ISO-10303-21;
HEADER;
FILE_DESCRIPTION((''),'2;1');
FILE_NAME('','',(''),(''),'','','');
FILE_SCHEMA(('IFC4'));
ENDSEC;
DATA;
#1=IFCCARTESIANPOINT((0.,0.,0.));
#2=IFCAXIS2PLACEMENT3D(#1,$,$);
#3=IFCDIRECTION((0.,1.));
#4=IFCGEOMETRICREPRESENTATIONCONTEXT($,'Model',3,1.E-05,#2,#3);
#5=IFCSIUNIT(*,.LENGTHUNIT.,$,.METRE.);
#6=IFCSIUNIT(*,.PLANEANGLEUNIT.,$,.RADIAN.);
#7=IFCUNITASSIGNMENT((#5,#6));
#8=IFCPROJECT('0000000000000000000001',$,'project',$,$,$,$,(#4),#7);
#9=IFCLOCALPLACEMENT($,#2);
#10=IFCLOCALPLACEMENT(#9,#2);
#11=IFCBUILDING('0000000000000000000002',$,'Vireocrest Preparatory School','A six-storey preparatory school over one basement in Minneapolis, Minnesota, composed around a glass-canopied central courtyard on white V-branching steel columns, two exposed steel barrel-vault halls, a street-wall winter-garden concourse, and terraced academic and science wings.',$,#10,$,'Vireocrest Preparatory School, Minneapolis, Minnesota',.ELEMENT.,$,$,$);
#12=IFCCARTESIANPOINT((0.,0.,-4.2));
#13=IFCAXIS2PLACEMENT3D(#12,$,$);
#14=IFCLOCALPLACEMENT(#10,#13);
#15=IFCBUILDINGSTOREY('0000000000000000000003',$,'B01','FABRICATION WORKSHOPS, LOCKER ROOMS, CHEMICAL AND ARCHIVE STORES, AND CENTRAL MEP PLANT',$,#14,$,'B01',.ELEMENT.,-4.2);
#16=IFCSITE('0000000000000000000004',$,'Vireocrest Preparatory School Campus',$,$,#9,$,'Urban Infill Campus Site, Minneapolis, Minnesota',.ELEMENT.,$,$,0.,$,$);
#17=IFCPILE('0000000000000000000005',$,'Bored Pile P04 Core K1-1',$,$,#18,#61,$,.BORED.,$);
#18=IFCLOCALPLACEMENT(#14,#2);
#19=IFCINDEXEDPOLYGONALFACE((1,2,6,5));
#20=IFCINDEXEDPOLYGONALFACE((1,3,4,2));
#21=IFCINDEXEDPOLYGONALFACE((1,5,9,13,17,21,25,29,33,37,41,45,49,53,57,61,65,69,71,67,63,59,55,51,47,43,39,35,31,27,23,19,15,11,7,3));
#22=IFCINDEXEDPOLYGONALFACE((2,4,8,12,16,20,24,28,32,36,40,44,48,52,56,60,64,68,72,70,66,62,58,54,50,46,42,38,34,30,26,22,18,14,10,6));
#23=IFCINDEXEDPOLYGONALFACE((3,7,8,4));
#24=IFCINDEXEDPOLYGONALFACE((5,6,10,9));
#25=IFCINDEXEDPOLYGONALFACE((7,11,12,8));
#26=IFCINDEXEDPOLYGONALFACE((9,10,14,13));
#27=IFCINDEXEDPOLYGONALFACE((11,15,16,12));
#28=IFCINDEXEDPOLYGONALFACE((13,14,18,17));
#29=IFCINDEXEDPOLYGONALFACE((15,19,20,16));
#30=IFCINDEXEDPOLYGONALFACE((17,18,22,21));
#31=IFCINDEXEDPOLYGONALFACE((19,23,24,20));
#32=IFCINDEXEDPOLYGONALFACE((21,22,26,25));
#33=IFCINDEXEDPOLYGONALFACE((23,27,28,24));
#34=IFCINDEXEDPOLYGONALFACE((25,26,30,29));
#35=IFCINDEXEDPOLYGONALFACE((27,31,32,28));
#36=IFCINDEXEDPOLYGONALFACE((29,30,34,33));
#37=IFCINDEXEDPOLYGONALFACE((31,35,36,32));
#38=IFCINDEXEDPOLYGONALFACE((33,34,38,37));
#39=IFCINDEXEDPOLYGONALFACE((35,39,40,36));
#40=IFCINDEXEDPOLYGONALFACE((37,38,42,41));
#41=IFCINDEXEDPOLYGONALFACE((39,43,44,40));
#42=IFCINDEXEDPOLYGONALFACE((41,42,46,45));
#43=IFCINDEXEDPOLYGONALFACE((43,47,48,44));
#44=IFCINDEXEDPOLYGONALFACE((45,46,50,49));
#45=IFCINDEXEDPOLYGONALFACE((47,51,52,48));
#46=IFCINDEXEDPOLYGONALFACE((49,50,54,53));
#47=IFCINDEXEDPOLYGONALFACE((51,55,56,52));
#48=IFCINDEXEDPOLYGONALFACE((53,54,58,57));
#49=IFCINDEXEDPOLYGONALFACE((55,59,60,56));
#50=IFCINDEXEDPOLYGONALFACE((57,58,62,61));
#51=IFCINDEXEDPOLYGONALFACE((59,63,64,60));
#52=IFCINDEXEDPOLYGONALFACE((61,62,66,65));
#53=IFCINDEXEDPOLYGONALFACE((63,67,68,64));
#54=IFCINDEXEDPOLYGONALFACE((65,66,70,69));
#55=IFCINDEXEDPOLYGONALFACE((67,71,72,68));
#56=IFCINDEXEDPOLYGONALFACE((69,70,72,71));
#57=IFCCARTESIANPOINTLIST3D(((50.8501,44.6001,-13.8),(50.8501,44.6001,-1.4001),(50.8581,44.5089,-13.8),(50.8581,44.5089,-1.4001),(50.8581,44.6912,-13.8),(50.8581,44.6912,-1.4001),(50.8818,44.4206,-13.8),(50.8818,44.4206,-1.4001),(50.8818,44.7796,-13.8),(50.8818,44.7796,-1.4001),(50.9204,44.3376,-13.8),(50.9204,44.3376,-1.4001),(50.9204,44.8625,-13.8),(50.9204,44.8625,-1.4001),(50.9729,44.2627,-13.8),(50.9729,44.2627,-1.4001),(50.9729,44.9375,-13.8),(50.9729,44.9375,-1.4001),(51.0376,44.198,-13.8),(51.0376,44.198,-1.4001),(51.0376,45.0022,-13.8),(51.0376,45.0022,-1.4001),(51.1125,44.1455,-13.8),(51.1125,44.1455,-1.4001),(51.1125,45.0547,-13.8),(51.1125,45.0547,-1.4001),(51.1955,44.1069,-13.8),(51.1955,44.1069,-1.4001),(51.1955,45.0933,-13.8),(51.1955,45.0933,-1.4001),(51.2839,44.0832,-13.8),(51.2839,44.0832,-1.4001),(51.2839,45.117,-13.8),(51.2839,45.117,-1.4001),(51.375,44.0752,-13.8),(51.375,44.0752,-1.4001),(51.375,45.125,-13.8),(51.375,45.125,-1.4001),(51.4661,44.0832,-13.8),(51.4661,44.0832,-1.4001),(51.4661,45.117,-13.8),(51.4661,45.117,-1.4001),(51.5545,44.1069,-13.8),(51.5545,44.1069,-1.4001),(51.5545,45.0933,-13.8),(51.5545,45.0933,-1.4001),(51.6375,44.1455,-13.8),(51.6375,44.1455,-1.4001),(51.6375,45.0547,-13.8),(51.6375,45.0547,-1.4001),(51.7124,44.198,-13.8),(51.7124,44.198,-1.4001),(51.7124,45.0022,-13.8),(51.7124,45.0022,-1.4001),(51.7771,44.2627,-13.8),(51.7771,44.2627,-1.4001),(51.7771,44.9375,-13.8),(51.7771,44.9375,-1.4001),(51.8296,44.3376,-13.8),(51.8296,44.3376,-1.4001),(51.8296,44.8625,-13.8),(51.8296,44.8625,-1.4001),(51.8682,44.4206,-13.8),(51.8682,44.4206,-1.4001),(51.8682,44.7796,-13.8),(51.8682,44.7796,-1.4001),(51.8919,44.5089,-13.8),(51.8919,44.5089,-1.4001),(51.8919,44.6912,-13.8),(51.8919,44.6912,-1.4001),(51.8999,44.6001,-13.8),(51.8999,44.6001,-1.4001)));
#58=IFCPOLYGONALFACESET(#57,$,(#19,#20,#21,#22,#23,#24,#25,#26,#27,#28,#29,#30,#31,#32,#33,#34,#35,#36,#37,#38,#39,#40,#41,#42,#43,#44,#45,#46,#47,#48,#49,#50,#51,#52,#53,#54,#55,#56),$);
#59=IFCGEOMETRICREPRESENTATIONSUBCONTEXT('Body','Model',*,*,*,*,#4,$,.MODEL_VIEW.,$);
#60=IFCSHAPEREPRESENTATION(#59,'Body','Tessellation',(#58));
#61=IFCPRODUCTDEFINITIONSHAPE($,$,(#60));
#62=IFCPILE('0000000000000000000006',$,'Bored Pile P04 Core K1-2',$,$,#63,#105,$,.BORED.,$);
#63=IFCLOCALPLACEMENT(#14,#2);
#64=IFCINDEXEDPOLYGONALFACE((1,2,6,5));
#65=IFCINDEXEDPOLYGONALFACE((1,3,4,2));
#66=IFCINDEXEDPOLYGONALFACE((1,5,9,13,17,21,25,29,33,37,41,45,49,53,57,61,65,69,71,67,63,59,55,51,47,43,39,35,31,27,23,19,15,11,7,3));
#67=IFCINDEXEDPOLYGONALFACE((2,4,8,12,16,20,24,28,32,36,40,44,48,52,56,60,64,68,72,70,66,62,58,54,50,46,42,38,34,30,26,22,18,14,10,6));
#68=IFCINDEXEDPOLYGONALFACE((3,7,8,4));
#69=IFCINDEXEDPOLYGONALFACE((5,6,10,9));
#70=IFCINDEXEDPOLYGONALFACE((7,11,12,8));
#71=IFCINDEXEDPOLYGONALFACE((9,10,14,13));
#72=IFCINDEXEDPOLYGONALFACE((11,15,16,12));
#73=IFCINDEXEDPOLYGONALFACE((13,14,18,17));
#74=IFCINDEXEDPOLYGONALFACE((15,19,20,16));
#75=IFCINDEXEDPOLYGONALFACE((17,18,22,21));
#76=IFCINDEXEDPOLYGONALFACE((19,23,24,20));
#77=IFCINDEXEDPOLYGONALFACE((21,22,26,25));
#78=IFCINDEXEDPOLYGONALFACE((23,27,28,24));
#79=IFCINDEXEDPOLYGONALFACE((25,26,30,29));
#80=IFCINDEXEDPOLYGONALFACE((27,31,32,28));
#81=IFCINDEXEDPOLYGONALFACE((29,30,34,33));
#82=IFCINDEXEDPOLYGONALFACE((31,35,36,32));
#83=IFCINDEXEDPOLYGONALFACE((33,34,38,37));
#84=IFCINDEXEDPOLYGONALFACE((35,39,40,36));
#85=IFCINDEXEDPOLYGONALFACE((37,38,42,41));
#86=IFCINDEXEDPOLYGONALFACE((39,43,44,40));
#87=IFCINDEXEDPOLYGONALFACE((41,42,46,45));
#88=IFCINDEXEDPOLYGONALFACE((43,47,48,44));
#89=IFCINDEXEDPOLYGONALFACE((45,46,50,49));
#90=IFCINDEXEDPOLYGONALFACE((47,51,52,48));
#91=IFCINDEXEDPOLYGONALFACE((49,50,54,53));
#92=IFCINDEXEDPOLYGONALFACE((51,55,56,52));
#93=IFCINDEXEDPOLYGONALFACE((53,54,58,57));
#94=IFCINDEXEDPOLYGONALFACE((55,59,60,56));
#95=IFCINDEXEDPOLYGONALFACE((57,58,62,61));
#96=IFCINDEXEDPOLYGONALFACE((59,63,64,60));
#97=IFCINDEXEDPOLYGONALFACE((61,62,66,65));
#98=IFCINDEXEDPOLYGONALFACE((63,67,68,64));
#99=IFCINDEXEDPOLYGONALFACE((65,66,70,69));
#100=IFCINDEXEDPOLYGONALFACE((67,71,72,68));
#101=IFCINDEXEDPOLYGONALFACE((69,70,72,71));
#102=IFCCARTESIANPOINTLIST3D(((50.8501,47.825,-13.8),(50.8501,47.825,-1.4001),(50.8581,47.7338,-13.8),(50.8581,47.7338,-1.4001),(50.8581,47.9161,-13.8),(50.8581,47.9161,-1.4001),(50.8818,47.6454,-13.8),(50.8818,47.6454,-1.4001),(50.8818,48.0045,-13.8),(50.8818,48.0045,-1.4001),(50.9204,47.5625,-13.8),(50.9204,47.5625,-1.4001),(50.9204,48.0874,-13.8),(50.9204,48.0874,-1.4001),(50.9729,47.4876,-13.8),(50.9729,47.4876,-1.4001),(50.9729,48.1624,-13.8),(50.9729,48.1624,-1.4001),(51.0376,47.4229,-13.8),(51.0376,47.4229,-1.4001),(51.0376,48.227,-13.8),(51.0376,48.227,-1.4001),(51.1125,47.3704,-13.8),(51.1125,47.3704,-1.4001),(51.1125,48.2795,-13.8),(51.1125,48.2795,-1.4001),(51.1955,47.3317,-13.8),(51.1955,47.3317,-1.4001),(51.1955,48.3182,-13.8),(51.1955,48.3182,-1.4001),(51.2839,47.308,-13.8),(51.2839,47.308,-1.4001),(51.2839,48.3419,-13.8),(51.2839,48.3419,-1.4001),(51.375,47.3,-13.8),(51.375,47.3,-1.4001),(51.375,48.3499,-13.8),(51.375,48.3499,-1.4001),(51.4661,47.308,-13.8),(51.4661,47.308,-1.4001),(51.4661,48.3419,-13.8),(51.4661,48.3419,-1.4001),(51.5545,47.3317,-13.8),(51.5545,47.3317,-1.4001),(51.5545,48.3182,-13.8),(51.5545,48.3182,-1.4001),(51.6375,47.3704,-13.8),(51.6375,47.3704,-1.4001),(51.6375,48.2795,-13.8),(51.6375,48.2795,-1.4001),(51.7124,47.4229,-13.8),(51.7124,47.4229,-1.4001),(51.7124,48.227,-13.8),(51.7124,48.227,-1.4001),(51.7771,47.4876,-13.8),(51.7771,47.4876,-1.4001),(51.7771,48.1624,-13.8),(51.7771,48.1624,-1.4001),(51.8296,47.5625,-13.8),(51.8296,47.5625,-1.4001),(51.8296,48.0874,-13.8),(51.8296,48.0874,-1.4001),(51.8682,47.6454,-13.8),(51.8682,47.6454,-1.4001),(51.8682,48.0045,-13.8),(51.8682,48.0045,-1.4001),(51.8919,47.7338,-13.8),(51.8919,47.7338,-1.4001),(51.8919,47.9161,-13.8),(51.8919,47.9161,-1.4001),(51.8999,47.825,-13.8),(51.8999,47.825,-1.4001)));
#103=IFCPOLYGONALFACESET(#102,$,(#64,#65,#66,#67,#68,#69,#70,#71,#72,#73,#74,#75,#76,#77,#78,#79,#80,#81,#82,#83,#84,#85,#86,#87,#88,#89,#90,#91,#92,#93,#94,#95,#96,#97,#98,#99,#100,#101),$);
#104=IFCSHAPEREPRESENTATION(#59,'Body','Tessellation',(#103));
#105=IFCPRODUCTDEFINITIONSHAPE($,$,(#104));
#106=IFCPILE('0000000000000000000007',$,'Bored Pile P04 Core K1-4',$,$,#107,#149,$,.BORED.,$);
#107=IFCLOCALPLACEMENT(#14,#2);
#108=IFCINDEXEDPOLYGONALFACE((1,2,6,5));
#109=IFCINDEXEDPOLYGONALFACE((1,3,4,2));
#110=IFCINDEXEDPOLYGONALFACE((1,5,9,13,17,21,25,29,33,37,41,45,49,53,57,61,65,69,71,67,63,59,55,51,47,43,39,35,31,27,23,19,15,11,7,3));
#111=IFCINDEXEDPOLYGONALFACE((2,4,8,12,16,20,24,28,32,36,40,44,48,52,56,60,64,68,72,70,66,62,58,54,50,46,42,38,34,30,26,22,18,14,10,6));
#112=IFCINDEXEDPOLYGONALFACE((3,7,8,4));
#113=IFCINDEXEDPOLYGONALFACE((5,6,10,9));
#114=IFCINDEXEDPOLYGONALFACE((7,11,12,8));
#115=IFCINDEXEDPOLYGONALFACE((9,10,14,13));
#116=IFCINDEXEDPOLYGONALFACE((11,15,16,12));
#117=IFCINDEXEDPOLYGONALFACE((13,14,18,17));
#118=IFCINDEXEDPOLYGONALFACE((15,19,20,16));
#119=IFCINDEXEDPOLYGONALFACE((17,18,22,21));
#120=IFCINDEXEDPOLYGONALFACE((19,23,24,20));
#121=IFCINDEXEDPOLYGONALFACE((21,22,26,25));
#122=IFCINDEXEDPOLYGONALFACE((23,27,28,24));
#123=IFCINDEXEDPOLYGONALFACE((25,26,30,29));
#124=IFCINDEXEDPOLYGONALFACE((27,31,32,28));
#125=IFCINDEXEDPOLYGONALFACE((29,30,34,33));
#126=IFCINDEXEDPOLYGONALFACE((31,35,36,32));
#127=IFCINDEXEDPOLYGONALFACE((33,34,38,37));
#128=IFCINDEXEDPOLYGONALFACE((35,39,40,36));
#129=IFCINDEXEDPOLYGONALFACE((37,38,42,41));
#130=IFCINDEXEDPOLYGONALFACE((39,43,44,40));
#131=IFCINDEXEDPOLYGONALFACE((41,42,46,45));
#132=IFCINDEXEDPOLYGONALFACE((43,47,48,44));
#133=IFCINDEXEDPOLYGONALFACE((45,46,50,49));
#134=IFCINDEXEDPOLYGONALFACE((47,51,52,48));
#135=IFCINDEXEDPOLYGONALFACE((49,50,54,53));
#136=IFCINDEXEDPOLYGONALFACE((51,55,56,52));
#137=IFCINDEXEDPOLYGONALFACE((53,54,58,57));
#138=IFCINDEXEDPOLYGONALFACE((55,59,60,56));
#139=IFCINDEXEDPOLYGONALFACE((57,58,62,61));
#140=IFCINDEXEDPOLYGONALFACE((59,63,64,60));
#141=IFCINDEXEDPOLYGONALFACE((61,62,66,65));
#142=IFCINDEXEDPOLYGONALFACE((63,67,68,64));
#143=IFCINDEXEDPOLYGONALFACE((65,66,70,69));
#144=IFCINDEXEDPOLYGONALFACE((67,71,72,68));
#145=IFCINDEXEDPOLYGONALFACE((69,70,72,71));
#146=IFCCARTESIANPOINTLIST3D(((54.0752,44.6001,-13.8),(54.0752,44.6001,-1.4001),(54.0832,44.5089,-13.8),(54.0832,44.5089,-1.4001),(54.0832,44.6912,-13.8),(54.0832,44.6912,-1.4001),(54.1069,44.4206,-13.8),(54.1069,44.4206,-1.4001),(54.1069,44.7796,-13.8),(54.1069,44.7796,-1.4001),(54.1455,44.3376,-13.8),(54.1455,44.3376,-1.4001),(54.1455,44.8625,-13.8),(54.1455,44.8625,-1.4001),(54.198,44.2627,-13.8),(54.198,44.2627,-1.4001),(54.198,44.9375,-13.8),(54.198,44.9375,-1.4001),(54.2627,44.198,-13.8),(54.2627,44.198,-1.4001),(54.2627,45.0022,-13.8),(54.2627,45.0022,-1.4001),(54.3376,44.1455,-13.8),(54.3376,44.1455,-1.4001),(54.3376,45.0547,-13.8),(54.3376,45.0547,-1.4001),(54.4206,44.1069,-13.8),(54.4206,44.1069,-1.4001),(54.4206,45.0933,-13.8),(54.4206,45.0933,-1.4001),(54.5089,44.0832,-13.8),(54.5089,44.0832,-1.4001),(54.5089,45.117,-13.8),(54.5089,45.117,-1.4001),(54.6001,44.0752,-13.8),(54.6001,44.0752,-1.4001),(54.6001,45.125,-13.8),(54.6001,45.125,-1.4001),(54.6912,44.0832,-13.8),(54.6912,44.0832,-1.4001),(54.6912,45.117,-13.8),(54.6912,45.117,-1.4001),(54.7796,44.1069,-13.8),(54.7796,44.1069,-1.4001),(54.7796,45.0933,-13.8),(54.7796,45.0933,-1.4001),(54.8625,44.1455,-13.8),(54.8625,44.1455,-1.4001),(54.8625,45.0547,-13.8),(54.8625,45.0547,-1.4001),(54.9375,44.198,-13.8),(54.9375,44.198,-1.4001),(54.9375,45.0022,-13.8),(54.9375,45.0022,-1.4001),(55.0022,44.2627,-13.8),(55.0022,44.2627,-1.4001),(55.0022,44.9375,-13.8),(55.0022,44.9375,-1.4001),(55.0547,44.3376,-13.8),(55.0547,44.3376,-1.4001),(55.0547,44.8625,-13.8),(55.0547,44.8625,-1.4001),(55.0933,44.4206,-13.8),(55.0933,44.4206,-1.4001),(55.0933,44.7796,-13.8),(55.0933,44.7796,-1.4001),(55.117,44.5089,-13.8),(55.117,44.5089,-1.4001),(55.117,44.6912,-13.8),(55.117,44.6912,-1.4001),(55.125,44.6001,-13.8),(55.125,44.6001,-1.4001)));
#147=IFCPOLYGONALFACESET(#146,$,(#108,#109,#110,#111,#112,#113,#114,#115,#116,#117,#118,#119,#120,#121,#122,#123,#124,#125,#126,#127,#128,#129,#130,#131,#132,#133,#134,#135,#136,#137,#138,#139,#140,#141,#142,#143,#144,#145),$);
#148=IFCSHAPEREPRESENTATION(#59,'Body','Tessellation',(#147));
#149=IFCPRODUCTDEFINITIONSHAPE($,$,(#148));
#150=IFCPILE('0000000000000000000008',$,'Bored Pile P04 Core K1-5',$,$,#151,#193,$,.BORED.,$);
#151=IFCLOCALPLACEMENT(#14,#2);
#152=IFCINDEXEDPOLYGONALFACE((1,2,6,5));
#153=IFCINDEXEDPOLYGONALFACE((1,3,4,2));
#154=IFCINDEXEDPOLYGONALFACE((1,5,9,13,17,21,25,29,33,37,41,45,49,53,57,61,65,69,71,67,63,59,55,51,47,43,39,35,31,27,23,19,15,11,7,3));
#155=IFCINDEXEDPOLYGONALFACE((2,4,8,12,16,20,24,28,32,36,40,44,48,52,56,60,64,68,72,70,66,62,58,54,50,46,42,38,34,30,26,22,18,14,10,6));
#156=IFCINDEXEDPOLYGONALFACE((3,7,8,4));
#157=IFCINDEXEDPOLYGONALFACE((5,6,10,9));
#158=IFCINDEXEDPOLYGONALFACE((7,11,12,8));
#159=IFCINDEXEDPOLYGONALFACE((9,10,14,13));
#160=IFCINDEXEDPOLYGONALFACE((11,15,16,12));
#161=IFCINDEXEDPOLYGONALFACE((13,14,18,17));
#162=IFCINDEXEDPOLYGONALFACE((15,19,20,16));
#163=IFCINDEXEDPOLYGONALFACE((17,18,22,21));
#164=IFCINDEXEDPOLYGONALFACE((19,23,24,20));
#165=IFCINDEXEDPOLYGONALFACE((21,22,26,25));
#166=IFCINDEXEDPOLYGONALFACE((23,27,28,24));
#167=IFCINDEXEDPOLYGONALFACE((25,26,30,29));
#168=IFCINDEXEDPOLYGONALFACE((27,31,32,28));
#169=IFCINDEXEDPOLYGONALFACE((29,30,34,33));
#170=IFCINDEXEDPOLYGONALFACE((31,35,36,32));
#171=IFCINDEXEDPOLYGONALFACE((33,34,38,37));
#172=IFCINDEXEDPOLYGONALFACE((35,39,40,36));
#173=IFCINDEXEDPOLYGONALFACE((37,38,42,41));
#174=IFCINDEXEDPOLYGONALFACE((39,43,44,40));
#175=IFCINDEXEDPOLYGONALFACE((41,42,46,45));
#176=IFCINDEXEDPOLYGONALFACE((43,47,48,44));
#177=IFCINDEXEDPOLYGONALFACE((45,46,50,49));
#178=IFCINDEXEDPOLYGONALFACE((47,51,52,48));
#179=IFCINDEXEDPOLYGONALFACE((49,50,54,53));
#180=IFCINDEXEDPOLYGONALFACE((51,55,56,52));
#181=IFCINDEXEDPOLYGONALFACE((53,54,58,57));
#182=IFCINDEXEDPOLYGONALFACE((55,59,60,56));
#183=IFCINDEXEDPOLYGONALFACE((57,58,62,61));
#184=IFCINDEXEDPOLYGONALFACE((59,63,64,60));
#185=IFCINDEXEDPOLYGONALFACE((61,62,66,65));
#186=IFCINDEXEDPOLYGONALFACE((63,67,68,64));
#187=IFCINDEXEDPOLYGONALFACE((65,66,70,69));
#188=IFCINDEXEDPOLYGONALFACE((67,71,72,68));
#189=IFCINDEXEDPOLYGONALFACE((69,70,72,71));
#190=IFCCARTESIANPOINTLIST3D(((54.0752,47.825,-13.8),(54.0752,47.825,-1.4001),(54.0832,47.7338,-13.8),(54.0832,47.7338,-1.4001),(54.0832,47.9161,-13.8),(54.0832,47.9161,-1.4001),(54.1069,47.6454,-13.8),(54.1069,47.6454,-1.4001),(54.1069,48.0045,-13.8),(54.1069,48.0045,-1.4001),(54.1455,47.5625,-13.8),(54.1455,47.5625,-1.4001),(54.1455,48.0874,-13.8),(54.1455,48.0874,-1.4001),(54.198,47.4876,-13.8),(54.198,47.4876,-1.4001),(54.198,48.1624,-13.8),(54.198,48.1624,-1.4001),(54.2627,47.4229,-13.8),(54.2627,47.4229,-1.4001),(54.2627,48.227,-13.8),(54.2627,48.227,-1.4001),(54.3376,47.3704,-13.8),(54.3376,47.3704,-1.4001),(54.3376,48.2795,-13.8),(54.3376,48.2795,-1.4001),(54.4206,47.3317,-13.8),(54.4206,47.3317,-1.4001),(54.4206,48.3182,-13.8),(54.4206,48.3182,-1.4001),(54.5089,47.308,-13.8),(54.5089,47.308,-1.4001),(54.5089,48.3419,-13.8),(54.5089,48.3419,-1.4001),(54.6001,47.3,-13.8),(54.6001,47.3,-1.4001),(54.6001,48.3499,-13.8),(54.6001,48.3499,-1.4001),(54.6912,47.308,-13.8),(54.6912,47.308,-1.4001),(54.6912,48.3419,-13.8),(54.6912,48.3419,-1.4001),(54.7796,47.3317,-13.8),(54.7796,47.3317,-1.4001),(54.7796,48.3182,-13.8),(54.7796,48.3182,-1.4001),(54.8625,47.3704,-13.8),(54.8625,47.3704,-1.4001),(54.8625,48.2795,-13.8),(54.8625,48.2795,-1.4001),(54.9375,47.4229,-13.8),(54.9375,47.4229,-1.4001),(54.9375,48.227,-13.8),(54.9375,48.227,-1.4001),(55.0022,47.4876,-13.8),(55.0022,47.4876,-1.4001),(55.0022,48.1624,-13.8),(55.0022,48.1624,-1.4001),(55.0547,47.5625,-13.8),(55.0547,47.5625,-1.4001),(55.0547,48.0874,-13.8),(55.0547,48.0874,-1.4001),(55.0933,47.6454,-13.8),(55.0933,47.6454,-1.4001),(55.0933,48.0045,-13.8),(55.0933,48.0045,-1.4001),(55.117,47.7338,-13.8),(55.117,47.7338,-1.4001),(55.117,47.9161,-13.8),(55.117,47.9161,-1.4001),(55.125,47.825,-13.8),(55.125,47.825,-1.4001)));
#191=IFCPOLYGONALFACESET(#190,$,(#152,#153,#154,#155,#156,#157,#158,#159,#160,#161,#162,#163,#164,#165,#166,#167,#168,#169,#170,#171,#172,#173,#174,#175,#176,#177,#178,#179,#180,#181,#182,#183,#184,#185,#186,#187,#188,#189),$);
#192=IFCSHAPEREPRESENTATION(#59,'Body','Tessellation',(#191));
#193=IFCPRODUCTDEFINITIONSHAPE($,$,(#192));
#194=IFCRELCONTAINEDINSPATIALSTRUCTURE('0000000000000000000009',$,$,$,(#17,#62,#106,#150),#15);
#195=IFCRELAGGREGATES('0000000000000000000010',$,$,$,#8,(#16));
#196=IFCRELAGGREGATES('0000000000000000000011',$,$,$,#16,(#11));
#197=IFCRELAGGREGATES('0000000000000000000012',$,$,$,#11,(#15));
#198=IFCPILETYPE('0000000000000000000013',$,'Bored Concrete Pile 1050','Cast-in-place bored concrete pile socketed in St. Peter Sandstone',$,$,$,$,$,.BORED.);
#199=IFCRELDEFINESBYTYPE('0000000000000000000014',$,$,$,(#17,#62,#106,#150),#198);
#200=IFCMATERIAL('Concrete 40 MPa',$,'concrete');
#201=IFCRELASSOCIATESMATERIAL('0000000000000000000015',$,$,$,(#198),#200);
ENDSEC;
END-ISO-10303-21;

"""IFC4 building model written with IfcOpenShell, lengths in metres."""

from ifc_helpers import new_model, si_unit, direction, frame, origin, origin_2d, place, context, subcontext, project, spatial, circle, extrude, material, material_profile, profile_set, type_object, element, save


model = new_model("IFC4")

# Units and contexts
model_context = context("Model", 3, precision=1e-05, world=origin(), true_north=direction((0.0, 1.0)))
body_context = subcontext(model_context, "Body", "Model", "MODEL_VIEW")
ifc_project = project(units=[si_unit("LENGTHUNIT", "METRE"), si_unit("PLANEANGLEUNIT", "RADIAN")], contexts=[model_context])

# Site, building, storey
site_placement = place(None, origin())
site = spatial("IfcSite", under=ifc_project, at=site_placement, Name="Vireocrest Preparatory School Campus", LongName="Urban Infill Campus Site, Minneapolis, Minnesota", CompositionType="ELEMENT", RefElevation=0.0)
building_placement = place(site_placement, origin())
building = spatial("IfcBuilding", under=site, at=building_placement, Name="Vireocrest Preparatory School", Description="A six-storey preparatory school over one basement in Minneapolis, Minnesota, composed around a glass-canopied central courtyard on white V-branching steel columns, two exposed steel barrel-vault halls, a street-wall winter-garden concourse, and terraced academic and science wings.", LongName="Vireocrest Preparatory School, Minneapolis, Minnesota", CompositionType="ELEMENT")
storey_placement = place(building_placement, frame((0.0, 0.0, -4.2)))
storey = spatial("IfcBuildingStorey", under=building, at=storey_placement, Name="B01", Description="FABRICATION WORKSHOPS, LOCKER ROOMS, CHEMICAL AND ARCHIVE STORES, AND CENTRAL MEP PLANT", LongName="B01", CompositionType="ELEMENT", Elevation=-4.2)

# Piles
ifc_material_1 = material(Name="Concrete 40 MPa", Category="concrete")
ifc_material_profile_1 = material_profile(ifc_material_1, circle(Radius=0.5249, at=origin_2d()), Name="BORED PILE 1050")
ifc_profile_set_1 = profile_set([ifc_material_profile_1], Name="Concrete 40 MPa")
pile_type_1 = type_object("IfcPileType", Name="Bored Concrete Pile 1050", Description="Cast-in-place bored concrete pile socketed in St. Peter Sandstone", PredefinedType="BORED", material=ifc_profile_set_1)
for number, where, z_axis, x_axis, name in (
    (1, (51.375, 44.6001, -1.4001), (0.0, 0.0, -1.0), (1.0, 0.0, 0.0), "Bored Pile P04 Core K1-1"),
    (2, (51.375, 47.825, -1.4001), (0.0, 0.0, -1.0), (1.0, 0.0, 0.0), "Bored Pile P04 Core K1-2"),
    (3, (54.6001, 44.6001, -1.4001), (0.0, 0.0, -1.0), (1.0, 0.0, 0.0), "Bored Pile P04 Core K1-4"),
    (4, (54.6001, 47.825, -1.4001), (0.0, 0.0, -1.0), (1.0, 0.0, 0.0), "Bored Pile P04 Core K1-5"),
):
    element("IfcPile", number, at=place(storey_placement, frame(where, z_axis=z_axis, x_axis=x_axis)), inside=storey, type_object=pile_type_1, Name=name, PredefinedType="BORED", context=body_context, shape_type="SweptSolid", body=[
        extrude(circle(Radius=0.5249, at=origin_2d()), origin(), (0.0, 0.0, 1.0), 12.3999),
    ])

save(model, "model.ifc")
